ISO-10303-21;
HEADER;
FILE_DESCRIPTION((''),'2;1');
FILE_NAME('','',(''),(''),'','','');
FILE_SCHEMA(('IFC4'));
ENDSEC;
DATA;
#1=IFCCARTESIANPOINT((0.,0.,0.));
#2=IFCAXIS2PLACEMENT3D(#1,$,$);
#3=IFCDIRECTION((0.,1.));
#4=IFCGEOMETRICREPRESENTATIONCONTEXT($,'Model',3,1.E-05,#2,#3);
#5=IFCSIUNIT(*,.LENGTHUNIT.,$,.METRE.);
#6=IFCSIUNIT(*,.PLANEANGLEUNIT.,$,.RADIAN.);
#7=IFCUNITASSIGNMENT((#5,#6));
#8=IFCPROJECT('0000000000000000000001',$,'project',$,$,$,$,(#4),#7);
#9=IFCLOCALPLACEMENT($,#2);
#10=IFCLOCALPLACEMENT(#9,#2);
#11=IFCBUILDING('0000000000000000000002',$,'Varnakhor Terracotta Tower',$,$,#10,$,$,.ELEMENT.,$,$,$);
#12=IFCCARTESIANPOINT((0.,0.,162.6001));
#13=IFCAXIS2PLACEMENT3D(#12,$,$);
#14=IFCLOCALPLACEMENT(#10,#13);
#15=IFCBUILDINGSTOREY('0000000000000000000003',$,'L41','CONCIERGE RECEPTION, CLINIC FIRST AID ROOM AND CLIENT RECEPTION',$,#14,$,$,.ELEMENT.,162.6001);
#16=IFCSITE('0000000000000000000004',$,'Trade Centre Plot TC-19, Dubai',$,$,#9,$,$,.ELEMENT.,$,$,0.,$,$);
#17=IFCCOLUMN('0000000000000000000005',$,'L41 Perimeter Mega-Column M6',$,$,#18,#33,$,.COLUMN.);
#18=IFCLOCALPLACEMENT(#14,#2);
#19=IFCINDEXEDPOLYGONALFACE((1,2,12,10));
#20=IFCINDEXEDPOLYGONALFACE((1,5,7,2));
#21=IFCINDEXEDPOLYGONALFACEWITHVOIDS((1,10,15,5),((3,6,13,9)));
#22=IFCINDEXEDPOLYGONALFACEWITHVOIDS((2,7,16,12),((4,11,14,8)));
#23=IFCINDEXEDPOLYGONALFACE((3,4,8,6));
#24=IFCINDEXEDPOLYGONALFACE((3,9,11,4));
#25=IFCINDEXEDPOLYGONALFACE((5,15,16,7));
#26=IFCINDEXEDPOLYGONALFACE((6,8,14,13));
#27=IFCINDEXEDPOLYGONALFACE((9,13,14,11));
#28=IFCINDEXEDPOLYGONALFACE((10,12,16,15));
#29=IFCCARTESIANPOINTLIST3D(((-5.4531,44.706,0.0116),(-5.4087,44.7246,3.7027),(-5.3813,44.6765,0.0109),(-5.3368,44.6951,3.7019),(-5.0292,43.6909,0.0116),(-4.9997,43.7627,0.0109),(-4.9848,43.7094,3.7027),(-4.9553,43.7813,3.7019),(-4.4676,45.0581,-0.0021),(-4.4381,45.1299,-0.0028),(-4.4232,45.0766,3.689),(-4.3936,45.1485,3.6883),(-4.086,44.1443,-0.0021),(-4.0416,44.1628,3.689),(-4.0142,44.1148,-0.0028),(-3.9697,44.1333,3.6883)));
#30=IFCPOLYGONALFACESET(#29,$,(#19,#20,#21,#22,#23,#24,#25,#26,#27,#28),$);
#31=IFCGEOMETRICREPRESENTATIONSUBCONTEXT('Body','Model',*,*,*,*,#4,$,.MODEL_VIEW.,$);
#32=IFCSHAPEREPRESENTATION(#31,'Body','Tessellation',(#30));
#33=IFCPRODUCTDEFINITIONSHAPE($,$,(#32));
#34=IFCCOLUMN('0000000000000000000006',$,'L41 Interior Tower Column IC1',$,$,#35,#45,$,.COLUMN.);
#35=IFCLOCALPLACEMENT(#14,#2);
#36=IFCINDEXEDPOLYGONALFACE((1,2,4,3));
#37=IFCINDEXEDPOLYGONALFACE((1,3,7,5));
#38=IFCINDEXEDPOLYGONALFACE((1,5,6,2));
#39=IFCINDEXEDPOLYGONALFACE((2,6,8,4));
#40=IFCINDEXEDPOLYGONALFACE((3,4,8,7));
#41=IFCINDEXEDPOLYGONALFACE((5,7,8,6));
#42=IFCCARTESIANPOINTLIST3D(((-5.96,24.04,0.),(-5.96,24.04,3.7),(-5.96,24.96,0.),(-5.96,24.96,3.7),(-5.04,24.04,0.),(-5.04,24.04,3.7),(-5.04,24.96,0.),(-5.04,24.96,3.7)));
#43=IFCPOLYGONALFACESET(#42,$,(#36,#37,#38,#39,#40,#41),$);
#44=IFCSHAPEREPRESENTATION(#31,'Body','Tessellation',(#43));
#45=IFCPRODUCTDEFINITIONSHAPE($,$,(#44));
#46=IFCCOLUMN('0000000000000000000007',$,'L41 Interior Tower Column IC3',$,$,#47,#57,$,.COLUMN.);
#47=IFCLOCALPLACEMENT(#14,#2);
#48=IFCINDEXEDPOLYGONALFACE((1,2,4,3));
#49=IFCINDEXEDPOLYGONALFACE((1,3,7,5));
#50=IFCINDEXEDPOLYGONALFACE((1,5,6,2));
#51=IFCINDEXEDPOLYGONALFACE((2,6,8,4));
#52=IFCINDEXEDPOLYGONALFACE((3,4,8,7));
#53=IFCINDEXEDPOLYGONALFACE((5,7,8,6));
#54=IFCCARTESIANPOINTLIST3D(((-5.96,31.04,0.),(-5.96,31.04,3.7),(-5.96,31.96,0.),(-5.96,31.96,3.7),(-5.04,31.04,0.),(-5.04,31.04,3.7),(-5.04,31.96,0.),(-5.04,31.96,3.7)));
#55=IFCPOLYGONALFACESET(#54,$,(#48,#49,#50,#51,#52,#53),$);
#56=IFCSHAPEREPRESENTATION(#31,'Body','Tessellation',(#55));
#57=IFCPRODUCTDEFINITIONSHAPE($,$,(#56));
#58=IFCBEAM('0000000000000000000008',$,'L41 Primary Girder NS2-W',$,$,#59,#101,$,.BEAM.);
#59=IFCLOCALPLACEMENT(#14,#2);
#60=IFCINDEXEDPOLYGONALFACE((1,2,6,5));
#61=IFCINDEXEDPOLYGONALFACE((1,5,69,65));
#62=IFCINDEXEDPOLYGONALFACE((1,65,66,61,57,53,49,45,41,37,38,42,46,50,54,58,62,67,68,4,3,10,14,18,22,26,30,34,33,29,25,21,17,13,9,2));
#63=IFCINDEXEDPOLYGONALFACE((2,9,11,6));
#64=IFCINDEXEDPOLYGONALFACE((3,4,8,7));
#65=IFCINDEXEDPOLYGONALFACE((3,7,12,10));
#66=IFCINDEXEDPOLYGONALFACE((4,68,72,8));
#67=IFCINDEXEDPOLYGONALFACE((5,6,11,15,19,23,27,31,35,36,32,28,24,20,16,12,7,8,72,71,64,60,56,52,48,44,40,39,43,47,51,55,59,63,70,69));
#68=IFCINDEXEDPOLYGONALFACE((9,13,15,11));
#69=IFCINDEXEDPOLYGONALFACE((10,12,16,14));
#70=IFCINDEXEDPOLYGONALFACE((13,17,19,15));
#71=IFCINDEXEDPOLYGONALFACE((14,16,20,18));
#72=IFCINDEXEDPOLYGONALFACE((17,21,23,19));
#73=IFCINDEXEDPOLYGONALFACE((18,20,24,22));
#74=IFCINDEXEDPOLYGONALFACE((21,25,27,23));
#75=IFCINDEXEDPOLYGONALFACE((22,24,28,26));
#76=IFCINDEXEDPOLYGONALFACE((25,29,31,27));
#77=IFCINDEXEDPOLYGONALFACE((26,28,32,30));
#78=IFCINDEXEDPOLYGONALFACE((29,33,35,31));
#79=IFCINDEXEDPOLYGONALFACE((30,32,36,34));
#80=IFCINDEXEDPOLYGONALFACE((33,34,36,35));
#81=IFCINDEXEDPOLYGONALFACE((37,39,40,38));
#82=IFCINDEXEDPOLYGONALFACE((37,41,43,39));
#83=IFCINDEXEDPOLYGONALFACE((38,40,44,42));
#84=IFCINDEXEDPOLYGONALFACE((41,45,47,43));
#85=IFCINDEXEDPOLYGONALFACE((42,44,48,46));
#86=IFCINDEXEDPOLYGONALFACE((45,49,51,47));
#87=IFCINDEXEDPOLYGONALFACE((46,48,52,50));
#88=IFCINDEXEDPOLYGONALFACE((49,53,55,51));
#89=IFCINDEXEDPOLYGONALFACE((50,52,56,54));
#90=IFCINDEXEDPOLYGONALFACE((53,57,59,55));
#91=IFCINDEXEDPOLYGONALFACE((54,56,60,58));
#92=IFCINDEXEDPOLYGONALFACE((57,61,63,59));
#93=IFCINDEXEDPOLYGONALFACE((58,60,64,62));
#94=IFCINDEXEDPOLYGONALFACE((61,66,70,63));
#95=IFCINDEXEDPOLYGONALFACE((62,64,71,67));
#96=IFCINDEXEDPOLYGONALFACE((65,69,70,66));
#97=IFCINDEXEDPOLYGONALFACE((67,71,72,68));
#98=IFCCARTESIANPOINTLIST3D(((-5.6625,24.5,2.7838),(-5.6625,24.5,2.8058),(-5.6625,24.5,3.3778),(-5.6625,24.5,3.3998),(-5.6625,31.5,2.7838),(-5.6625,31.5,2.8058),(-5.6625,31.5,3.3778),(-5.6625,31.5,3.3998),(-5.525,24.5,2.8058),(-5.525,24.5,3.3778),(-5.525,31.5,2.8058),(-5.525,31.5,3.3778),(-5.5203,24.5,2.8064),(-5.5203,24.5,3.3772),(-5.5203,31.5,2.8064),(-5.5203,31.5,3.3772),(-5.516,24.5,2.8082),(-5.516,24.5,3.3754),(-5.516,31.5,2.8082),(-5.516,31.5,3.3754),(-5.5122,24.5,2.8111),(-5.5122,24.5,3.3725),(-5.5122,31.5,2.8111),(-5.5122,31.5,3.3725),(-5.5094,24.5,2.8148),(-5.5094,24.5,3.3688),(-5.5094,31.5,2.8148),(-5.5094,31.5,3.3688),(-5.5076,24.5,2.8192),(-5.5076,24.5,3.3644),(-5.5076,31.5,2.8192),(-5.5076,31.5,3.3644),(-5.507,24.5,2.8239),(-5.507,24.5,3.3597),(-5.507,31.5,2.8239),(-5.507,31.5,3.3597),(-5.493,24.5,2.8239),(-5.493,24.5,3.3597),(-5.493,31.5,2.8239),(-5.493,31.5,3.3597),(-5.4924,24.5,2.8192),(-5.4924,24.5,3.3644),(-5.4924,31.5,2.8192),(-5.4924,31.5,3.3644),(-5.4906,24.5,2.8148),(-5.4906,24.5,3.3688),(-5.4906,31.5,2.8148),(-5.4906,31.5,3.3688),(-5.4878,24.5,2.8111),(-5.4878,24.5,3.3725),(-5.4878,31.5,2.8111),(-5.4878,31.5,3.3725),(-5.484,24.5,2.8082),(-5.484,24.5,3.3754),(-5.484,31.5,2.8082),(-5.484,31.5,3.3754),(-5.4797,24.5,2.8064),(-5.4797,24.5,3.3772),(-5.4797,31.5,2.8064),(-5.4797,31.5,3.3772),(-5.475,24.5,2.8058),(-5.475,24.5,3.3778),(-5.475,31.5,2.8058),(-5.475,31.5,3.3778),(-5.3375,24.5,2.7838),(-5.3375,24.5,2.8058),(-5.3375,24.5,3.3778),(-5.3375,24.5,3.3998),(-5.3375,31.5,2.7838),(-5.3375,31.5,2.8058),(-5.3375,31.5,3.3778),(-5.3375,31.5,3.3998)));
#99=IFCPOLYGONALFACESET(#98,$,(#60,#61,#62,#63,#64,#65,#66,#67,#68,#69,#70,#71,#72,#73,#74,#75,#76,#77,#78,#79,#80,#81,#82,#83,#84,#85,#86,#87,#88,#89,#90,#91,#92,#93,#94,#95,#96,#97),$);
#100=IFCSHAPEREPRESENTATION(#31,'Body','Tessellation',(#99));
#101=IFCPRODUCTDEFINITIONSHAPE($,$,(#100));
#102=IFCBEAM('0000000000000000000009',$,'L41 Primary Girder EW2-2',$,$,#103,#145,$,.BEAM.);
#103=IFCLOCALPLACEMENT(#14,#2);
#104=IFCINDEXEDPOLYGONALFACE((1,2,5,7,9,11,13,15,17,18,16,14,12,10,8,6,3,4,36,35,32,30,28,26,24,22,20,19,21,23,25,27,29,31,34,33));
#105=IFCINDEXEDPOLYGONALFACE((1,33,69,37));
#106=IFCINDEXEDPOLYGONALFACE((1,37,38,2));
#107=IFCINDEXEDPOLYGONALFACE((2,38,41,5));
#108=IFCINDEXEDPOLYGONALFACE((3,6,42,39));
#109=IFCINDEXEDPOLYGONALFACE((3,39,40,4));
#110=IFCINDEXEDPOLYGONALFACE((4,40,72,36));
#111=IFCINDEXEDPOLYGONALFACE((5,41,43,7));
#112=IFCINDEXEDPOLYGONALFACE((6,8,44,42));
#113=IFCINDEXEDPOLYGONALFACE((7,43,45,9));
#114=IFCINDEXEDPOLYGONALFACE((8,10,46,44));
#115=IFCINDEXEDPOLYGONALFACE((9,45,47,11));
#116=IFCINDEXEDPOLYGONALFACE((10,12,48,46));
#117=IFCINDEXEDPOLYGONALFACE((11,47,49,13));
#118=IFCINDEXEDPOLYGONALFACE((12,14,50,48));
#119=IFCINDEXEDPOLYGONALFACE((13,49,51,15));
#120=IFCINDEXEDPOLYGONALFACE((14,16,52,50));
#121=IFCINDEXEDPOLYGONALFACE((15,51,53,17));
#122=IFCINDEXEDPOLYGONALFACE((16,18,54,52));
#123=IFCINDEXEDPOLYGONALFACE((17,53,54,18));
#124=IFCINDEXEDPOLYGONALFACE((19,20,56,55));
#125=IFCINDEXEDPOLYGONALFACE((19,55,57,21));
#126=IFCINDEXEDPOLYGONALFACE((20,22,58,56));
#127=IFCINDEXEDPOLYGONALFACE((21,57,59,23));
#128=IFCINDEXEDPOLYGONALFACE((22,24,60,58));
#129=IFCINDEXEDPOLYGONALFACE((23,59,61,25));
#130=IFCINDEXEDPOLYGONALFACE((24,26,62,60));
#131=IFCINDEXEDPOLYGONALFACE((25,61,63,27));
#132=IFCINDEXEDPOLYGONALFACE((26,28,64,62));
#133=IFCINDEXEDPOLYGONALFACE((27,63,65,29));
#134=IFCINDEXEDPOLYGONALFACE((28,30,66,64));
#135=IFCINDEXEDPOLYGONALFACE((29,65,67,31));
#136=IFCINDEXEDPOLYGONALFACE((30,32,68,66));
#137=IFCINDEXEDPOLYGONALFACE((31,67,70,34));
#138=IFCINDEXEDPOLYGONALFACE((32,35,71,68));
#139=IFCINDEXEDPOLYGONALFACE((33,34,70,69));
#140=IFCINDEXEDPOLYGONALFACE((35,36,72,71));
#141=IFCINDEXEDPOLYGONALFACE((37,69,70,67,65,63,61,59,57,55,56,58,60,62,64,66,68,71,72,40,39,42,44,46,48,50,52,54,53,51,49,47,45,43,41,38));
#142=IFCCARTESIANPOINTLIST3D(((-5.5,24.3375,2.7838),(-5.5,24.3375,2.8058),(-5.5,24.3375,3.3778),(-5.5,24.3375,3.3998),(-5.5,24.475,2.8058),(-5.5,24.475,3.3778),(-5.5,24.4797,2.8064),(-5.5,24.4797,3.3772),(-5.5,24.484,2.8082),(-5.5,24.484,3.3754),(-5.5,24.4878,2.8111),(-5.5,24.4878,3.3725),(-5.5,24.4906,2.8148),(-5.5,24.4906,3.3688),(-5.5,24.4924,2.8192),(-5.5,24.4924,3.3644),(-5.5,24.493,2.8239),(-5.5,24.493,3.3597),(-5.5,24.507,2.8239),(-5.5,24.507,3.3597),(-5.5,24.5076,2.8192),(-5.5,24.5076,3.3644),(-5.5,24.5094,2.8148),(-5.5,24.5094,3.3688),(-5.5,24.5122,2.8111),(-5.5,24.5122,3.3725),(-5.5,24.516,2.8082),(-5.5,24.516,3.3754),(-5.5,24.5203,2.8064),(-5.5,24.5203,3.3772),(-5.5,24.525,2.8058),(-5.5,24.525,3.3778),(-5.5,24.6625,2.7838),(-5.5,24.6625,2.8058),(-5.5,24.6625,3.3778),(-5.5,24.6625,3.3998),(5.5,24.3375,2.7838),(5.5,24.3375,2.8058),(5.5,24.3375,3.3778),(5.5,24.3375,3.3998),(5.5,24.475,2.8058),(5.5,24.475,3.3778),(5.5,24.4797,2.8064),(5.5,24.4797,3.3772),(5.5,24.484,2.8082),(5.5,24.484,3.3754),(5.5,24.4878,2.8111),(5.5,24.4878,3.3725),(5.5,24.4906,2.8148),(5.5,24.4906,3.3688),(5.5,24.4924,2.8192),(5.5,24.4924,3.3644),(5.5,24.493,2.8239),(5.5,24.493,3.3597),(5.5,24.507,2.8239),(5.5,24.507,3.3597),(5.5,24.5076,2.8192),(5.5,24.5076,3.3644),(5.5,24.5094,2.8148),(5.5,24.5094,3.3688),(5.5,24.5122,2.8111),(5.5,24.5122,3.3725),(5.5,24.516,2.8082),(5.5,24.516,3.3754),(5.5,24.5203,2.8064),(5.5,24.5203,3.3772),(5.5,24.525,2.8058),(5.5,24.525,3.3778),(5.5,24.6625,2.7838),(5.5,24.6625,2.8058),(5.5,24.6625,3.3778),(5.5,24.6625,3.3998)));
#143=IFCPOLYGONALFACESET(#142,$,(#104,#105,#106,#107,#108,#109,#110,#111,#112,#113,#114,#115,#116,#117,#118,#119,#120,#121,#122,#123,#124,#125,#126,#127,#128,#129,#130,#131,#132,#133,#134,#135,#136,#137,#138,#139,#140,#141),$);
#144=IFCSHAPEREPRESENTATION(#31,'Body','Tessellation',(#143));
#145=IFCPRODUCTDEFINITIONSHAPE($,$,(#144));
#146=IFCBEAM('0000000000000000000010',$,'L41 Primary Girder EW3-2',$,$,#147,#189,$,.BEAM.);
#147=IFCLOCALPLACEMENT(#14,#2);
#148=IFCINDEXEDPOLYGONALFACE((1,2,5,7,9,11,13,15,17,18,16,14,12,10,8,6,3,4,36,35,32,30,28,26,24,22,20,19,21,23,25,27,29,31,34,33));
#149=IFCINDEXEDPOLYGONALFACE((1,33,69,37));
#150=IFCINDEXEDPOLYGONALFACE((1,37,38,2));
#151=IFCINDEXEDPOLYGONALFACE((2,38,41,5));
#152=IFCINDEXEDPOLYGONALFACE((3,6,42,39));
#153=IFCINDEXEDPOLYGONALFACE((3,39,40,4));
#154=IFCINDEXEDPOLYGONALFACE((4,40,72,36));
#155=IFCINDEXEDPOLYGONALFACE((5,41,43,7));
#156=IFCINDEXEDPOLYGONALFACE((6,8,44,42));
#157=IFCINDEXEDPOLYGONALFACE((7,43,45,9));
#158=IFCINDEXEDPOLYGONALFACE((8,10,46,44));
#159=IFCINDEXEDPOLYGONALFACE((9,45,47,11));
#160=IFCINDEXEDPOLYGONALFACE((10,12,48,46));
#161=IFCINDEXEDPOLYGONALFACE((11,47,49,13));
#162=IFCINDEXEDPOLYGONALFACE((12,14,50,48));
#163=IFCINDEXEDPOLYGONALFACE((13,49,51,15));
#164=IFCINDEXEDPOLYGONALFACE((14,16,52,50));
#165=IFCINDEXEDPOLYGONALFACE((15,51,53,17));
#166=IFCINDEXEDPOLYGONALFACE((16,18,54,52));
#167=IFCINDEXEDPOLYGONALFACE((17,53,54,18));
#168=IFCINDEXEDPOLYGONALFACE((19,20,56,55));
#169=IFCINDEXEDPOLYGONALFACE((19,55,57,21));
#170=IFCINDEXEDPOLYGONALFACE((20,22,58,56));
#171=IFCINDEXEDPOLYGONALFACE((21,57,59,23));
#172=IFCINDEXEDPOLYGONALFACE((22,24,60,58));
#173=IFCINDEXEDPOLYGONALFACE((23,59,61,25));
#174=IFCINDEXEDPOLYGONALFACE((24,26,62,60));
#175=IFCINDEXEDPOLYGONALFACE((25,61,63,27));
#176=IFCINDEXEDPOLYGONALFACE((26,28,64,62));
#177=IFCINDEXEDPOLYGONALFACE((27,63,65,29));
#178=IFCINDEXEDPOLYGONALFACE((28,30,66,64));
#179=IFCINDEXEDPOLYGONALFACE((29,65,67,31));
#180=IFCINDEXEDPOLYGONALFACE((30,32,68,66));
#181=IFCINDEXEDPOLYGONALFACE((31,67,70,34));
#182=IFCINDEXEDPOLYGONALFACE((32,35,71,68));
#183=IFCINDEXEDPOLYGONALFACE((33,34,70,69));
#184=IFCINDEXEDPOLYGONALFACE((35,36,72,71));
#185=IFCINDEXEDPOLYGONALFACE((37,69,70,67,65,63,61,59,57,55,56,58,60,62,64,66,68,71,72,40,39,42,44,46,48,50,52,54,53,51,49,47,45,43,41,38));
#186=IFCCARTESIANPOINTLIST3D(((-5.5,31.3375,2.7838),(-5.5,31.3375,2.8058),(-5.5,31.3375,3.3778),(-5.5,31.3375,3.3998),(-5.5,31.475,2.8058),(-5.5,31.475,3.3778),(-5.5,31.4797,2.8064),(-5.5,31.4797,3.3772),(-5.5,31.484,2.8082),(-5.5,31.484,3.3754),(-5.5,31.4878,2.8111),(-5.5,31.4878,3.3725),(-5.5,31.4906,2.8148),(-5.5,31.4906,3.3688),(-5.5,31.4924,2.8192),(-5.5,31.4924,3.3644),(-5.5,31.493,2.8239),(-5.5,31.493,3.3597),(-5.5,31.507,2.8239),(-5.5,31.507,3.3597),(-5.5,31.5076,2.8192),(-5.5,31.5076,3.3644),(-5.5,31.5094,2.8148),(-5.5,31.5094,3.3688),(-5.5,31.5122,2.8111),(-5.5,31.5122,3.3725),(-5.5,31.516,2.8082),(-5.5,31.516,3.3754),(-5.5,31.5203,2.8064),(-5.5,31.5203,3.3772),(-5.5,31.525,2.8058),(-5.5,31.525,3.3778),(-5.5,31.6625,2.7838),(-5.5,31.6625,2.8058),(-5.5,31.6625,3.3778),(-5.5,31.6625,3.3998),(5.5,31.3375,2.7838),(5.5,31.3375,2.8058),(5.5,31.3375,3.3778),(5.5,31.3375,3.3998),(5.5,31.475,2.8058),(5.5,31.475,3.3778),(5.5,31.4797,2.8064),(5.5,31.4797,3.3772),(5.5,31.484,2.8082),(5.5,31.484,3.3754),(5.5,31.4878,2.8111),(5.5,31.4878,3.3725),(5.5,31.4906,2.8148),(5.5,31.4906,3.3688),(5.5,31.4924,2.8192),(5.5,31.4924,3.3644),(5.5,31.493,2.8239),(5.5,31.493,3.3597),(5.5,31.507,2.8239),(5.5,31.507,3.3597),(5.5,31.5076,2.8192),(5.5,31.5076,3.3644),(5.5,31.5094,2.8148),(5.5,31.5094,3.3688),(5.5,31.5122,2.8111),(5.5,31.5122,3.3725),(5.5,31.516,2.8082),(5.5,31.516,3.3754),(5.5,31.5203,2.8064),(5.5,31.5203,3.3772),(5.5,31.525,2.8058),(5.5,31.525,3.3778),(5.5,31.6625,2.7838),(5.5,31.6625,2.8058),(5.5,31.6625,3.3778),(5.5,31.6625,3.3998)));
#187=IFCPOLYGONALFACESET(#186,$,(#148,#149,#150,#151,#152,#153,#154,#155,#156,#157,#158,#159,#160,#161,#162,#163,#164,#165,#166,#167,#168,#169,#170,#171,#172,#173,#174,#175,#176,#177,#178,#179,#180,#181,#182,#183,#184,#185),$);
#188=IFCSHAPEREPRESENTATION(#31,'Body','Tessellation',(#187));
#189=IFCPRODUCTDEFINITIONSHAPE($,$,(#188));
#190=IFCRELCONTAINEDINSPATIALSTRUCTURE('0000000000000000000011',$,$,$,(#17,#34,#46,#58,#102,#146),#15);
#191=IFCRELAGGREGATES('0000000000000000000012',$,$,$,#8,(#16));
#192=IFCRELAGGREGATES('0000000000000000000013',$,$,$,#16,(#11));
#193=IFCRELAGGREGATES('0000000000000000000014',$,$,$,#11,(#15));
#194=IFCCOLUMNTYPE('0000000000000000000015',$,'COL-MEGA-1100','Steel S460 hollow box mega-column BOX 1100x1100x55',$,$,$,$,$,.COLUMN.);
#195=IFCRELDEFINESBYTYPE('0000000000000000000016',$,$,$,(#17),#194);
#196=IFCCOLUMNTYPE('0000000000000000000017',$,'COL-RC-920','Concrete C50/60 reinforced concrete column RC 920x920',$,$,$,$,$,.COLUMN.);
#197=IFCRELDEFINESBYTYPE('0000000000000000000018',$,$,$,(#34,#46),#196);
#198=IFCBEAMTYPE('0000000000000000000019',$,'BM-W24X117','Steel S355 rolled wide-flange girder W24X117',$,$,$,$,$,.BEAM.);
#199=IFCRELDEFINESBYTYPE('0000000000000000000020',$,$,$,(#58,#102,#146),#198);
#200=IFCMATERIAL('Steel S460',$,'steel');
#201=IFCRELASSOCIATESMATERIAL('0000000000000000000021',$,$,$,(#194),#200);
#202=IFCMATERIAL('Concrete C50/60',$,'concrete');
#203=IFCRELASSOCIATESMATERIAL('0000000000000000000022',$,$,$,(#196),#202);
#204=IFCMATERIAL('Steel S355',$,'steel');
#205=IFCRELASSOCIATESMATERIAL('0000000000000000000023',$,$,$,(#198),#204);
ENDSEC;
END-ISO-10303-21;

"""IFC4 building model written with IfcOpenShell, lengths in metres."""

from ifc_helpers import new_model, si_unit, direction, frame, origin, origin_2d, place, context, subcontext, project, spatial, rectangle, hollow_rectangle, i_section, extrude, source, transform, mapped, material, material_profile, profile_set, type_object, element, save


model = new_model("IFC4")

# Units and contexts
model_context = context("Model", 3, precision=1e-05, world=origin(), true_north=direction((0.0, 1.0)))
body_context = subcontext(model_context, "Body", "Model", "MODEL_VIEW")
ifc_project = project(units=[si_unit("LENGTHUNIT", "METRE"), si_unit("PLANEANGLEUNIT", "RADIAN")], contexts=[model_context])

# Site, building, storey
site_placement = place(None, origin())
site = spatial("IfcSite", under=ifc_project, at=site_placement, Name="Trade Centre Plot TC-19, Dubai", CompositionType="ELEMENT", RefElevation=0.0)
building_placement = place(site_placement, origin())
building = spatial("IfcBuilding", under=site, at=building_placement, Name="Varnakhor Terracotta Tower", CompositionType="ELEMENT")
storey_placement = place(building_placement, frame((0.0, 0.0, 162.6001)))
storey = spatial("IfcBuildingStorey", under=building, at=storey_placement, Name="L41", Description="CONCIERGE RECEPTION, CLINIC FIRST AID ROOM AND CLIENT RECEPTION", CompositionType="ELEMENT", Elevation=162.6001)

# Columns
ifc_material_1 = material(Name="Steel S460", Category="steel")
ifc_material_profile_1 = material_profile(ifc_material_1, hollow_rectangle(XDim=1.1001, YDim=1.1001, WallThickness=0.0549, at=origin_2d()), Name="BOX 1100x1100x55")
ifc_profile_set_1 = profile_set([ifc_material_profile_1], Name="Steel S460")
column_type_1 = type_object("IfcColumnType", Name="COL-MEGA-1100", Description="Steel S460 hollow box mega-column BOX 1100x1100x55", PredefinedType="COLUMN", material=ifc_profile_set_1)
shared_shape_1 = source(origin(), body_context, "Body", "SweptSolid", [
    extrude(hollow_rectangle(XDim=1.1001, YDim=1.1001, WallThickness=0.0549, at=origin_2d()), origin(), (0.0, 0.0, 1.0), 3.6914),
])
column_placement = place(storey_placement, frame((-4.7336, 44.4104, 0.0044), z_axis=(0.012037, 0.005026, 0.999915), x_axis=(-0.385335, 0.922777, 0.0)))
element("IfcColumn", 1, at=column_placement, inside=storey, type_object=column_type_1, Name="L41 Perimeter Mega-Column M6", PredefinedType="COLUMN", context=body_context, shape_type="MappedRepresentation", body=[
    mapped(shared_shape_1, transform((0.0, 0.0, 0.0), scale=1.0)),
])
ifc_material_2 = material(Name="Concrete C50/60", Category="concrete")
ifc_material_profile_2 = material_profile(ifc_material_2, rectangle(XDim=0.9199, YDim=0.9199, at=origin_2d()), Name="RC 920x920")
ifc_profile_set_2 = profile_set([ifc_material_profile_2], Name="Concrete C50/60")
column_type_2 = type_object("IfcColumnType", Name="COL-RC-920", Description="Concrete C50/60 reinforced concrete column RC 920x920", PredefinedType="COLUMN", material=ifc_profile_set_2)
shared_shape_2 = source(origin(), body_context, "Body", "SweptSolid", [
    extrude(rectangle(XDim=0.9199, YDim=0.9199, at=origin_2d()), origin(), (0.0, 0.0, 1.0), 3.7),
])
for number, where, z_axis, x_axis, name in (
    (2, (-5.5, 24.5, 0.0), (0.0, 0.0, 1.0), (1.0, 0.0, 0.0), "L41 Interior Tower Column IC1"),
    (3, (-5.5, 31.5, 0.0), (0.0, 0.0, 1.0), (1.0, 0.0, 0.0), "L41 Interior Tower Column IC3"),
):
    element("IfcColumn", number, at=place(storey_placement, frame(where, z_axis=z_axis, x_axis=x_axis)), inside=storey, type_object=column_type_2, Name=name, PredefinedType="COLUMN", context=body_context, shape_type="MappedRepresentation", body=[
        mapped(shared_shape_2, transform((0.0, 0.0, 0.0), scale=1.0)),
    ])

# Beams
ifc_material_3 = material(Name="Steel S355", Category="steel")
ifc_material_profile_3 = material_profile(ifc_material_3, i_section(OverallWidth=0.325, OverallDepth=0.616, WebThickness=0.0139, FlangeThickness=0.022, FilletRadius=0.0181, at=origin_2d()), Name="W24X117")
ifc_profile_set_3 = profile_set([ifc_material_profile_3], Name="Steel S355")
beam_type_1 = type_object("IfcBeamType", Name="BM-W24X117", Description="Steel S355 rolled wide-flange girder W24X117", PredefinedType="BEAM", material=ifc_profile_set_3)
shared_shape_3 = source(origin(), body_context, "Body", "SweptSolid", [
    extrude(i_section(OverallWidth=0.325, OverallDepth=0.616, WebThickness=0.0139, FlangeThickness=0.022, FilletRadius=0.0181, at=origin_2d()), origin(), (0.0, 0.0, 1.0), 7.0),
])
beam_1_placement = place(storey_placement, frame((-5.5, 24.5, 3.0918), z_axis=(0.0, 1.0, 0.0), x_axis=(-1.0, 0.0, 0.0)))
element("IfcBeam", 4, at=beam_1_placement, inside=storey, type_object=beam_type_1, Name="L41 Primary Girder NS2-W", PredefinedType="BEAM", context=body_context, shape_type="MappedRepresentation", body=[
    mapped(shared_shape_3, transform((0.0, 0.0, 0.0), scale=1.0)),
])
shared_shape_4 = source(origin(), body_context, "Body", "SweptSolid", [
    extrude(i_section(OverallWidth=0.325, OverallDepth=0.616, WebThickness=0.0139, FlangeThickness=0.022, FilletRadius=0.0181, at=origin_2d()), origin(), (0.0, 0.0, 1.0), 11.0),
])
for number, where, z_axis, x_axis, name in (
    (5, (-5.5, 24.5, 3.0918), (1.0, 0.0, 0.0), (0.0, 1.0, 0.0), "L41 Primary Girder EW2-2"),
    (6, (-5.5, 31.5, 3.0918), (1.0, 0.0, 0.0), (0.0, 1.0, 0.0), "L41 Primary Girder EW3-2"),
):
    element("IfcBeam", number, at=place(storey_placement, frame(where, z_axis=z_axis, x_axis=x_axis)), inside=storey, type_object=beam_type_1, Name=name, PredefinedType="BEAM", context=body_context, shape_type="MappedRepresentation", body=[
        mapped(shared_shape_4, transform((0.0, 0.0, 0.0), scale=1.0)),
    ])

save(model, "model.ifc")
